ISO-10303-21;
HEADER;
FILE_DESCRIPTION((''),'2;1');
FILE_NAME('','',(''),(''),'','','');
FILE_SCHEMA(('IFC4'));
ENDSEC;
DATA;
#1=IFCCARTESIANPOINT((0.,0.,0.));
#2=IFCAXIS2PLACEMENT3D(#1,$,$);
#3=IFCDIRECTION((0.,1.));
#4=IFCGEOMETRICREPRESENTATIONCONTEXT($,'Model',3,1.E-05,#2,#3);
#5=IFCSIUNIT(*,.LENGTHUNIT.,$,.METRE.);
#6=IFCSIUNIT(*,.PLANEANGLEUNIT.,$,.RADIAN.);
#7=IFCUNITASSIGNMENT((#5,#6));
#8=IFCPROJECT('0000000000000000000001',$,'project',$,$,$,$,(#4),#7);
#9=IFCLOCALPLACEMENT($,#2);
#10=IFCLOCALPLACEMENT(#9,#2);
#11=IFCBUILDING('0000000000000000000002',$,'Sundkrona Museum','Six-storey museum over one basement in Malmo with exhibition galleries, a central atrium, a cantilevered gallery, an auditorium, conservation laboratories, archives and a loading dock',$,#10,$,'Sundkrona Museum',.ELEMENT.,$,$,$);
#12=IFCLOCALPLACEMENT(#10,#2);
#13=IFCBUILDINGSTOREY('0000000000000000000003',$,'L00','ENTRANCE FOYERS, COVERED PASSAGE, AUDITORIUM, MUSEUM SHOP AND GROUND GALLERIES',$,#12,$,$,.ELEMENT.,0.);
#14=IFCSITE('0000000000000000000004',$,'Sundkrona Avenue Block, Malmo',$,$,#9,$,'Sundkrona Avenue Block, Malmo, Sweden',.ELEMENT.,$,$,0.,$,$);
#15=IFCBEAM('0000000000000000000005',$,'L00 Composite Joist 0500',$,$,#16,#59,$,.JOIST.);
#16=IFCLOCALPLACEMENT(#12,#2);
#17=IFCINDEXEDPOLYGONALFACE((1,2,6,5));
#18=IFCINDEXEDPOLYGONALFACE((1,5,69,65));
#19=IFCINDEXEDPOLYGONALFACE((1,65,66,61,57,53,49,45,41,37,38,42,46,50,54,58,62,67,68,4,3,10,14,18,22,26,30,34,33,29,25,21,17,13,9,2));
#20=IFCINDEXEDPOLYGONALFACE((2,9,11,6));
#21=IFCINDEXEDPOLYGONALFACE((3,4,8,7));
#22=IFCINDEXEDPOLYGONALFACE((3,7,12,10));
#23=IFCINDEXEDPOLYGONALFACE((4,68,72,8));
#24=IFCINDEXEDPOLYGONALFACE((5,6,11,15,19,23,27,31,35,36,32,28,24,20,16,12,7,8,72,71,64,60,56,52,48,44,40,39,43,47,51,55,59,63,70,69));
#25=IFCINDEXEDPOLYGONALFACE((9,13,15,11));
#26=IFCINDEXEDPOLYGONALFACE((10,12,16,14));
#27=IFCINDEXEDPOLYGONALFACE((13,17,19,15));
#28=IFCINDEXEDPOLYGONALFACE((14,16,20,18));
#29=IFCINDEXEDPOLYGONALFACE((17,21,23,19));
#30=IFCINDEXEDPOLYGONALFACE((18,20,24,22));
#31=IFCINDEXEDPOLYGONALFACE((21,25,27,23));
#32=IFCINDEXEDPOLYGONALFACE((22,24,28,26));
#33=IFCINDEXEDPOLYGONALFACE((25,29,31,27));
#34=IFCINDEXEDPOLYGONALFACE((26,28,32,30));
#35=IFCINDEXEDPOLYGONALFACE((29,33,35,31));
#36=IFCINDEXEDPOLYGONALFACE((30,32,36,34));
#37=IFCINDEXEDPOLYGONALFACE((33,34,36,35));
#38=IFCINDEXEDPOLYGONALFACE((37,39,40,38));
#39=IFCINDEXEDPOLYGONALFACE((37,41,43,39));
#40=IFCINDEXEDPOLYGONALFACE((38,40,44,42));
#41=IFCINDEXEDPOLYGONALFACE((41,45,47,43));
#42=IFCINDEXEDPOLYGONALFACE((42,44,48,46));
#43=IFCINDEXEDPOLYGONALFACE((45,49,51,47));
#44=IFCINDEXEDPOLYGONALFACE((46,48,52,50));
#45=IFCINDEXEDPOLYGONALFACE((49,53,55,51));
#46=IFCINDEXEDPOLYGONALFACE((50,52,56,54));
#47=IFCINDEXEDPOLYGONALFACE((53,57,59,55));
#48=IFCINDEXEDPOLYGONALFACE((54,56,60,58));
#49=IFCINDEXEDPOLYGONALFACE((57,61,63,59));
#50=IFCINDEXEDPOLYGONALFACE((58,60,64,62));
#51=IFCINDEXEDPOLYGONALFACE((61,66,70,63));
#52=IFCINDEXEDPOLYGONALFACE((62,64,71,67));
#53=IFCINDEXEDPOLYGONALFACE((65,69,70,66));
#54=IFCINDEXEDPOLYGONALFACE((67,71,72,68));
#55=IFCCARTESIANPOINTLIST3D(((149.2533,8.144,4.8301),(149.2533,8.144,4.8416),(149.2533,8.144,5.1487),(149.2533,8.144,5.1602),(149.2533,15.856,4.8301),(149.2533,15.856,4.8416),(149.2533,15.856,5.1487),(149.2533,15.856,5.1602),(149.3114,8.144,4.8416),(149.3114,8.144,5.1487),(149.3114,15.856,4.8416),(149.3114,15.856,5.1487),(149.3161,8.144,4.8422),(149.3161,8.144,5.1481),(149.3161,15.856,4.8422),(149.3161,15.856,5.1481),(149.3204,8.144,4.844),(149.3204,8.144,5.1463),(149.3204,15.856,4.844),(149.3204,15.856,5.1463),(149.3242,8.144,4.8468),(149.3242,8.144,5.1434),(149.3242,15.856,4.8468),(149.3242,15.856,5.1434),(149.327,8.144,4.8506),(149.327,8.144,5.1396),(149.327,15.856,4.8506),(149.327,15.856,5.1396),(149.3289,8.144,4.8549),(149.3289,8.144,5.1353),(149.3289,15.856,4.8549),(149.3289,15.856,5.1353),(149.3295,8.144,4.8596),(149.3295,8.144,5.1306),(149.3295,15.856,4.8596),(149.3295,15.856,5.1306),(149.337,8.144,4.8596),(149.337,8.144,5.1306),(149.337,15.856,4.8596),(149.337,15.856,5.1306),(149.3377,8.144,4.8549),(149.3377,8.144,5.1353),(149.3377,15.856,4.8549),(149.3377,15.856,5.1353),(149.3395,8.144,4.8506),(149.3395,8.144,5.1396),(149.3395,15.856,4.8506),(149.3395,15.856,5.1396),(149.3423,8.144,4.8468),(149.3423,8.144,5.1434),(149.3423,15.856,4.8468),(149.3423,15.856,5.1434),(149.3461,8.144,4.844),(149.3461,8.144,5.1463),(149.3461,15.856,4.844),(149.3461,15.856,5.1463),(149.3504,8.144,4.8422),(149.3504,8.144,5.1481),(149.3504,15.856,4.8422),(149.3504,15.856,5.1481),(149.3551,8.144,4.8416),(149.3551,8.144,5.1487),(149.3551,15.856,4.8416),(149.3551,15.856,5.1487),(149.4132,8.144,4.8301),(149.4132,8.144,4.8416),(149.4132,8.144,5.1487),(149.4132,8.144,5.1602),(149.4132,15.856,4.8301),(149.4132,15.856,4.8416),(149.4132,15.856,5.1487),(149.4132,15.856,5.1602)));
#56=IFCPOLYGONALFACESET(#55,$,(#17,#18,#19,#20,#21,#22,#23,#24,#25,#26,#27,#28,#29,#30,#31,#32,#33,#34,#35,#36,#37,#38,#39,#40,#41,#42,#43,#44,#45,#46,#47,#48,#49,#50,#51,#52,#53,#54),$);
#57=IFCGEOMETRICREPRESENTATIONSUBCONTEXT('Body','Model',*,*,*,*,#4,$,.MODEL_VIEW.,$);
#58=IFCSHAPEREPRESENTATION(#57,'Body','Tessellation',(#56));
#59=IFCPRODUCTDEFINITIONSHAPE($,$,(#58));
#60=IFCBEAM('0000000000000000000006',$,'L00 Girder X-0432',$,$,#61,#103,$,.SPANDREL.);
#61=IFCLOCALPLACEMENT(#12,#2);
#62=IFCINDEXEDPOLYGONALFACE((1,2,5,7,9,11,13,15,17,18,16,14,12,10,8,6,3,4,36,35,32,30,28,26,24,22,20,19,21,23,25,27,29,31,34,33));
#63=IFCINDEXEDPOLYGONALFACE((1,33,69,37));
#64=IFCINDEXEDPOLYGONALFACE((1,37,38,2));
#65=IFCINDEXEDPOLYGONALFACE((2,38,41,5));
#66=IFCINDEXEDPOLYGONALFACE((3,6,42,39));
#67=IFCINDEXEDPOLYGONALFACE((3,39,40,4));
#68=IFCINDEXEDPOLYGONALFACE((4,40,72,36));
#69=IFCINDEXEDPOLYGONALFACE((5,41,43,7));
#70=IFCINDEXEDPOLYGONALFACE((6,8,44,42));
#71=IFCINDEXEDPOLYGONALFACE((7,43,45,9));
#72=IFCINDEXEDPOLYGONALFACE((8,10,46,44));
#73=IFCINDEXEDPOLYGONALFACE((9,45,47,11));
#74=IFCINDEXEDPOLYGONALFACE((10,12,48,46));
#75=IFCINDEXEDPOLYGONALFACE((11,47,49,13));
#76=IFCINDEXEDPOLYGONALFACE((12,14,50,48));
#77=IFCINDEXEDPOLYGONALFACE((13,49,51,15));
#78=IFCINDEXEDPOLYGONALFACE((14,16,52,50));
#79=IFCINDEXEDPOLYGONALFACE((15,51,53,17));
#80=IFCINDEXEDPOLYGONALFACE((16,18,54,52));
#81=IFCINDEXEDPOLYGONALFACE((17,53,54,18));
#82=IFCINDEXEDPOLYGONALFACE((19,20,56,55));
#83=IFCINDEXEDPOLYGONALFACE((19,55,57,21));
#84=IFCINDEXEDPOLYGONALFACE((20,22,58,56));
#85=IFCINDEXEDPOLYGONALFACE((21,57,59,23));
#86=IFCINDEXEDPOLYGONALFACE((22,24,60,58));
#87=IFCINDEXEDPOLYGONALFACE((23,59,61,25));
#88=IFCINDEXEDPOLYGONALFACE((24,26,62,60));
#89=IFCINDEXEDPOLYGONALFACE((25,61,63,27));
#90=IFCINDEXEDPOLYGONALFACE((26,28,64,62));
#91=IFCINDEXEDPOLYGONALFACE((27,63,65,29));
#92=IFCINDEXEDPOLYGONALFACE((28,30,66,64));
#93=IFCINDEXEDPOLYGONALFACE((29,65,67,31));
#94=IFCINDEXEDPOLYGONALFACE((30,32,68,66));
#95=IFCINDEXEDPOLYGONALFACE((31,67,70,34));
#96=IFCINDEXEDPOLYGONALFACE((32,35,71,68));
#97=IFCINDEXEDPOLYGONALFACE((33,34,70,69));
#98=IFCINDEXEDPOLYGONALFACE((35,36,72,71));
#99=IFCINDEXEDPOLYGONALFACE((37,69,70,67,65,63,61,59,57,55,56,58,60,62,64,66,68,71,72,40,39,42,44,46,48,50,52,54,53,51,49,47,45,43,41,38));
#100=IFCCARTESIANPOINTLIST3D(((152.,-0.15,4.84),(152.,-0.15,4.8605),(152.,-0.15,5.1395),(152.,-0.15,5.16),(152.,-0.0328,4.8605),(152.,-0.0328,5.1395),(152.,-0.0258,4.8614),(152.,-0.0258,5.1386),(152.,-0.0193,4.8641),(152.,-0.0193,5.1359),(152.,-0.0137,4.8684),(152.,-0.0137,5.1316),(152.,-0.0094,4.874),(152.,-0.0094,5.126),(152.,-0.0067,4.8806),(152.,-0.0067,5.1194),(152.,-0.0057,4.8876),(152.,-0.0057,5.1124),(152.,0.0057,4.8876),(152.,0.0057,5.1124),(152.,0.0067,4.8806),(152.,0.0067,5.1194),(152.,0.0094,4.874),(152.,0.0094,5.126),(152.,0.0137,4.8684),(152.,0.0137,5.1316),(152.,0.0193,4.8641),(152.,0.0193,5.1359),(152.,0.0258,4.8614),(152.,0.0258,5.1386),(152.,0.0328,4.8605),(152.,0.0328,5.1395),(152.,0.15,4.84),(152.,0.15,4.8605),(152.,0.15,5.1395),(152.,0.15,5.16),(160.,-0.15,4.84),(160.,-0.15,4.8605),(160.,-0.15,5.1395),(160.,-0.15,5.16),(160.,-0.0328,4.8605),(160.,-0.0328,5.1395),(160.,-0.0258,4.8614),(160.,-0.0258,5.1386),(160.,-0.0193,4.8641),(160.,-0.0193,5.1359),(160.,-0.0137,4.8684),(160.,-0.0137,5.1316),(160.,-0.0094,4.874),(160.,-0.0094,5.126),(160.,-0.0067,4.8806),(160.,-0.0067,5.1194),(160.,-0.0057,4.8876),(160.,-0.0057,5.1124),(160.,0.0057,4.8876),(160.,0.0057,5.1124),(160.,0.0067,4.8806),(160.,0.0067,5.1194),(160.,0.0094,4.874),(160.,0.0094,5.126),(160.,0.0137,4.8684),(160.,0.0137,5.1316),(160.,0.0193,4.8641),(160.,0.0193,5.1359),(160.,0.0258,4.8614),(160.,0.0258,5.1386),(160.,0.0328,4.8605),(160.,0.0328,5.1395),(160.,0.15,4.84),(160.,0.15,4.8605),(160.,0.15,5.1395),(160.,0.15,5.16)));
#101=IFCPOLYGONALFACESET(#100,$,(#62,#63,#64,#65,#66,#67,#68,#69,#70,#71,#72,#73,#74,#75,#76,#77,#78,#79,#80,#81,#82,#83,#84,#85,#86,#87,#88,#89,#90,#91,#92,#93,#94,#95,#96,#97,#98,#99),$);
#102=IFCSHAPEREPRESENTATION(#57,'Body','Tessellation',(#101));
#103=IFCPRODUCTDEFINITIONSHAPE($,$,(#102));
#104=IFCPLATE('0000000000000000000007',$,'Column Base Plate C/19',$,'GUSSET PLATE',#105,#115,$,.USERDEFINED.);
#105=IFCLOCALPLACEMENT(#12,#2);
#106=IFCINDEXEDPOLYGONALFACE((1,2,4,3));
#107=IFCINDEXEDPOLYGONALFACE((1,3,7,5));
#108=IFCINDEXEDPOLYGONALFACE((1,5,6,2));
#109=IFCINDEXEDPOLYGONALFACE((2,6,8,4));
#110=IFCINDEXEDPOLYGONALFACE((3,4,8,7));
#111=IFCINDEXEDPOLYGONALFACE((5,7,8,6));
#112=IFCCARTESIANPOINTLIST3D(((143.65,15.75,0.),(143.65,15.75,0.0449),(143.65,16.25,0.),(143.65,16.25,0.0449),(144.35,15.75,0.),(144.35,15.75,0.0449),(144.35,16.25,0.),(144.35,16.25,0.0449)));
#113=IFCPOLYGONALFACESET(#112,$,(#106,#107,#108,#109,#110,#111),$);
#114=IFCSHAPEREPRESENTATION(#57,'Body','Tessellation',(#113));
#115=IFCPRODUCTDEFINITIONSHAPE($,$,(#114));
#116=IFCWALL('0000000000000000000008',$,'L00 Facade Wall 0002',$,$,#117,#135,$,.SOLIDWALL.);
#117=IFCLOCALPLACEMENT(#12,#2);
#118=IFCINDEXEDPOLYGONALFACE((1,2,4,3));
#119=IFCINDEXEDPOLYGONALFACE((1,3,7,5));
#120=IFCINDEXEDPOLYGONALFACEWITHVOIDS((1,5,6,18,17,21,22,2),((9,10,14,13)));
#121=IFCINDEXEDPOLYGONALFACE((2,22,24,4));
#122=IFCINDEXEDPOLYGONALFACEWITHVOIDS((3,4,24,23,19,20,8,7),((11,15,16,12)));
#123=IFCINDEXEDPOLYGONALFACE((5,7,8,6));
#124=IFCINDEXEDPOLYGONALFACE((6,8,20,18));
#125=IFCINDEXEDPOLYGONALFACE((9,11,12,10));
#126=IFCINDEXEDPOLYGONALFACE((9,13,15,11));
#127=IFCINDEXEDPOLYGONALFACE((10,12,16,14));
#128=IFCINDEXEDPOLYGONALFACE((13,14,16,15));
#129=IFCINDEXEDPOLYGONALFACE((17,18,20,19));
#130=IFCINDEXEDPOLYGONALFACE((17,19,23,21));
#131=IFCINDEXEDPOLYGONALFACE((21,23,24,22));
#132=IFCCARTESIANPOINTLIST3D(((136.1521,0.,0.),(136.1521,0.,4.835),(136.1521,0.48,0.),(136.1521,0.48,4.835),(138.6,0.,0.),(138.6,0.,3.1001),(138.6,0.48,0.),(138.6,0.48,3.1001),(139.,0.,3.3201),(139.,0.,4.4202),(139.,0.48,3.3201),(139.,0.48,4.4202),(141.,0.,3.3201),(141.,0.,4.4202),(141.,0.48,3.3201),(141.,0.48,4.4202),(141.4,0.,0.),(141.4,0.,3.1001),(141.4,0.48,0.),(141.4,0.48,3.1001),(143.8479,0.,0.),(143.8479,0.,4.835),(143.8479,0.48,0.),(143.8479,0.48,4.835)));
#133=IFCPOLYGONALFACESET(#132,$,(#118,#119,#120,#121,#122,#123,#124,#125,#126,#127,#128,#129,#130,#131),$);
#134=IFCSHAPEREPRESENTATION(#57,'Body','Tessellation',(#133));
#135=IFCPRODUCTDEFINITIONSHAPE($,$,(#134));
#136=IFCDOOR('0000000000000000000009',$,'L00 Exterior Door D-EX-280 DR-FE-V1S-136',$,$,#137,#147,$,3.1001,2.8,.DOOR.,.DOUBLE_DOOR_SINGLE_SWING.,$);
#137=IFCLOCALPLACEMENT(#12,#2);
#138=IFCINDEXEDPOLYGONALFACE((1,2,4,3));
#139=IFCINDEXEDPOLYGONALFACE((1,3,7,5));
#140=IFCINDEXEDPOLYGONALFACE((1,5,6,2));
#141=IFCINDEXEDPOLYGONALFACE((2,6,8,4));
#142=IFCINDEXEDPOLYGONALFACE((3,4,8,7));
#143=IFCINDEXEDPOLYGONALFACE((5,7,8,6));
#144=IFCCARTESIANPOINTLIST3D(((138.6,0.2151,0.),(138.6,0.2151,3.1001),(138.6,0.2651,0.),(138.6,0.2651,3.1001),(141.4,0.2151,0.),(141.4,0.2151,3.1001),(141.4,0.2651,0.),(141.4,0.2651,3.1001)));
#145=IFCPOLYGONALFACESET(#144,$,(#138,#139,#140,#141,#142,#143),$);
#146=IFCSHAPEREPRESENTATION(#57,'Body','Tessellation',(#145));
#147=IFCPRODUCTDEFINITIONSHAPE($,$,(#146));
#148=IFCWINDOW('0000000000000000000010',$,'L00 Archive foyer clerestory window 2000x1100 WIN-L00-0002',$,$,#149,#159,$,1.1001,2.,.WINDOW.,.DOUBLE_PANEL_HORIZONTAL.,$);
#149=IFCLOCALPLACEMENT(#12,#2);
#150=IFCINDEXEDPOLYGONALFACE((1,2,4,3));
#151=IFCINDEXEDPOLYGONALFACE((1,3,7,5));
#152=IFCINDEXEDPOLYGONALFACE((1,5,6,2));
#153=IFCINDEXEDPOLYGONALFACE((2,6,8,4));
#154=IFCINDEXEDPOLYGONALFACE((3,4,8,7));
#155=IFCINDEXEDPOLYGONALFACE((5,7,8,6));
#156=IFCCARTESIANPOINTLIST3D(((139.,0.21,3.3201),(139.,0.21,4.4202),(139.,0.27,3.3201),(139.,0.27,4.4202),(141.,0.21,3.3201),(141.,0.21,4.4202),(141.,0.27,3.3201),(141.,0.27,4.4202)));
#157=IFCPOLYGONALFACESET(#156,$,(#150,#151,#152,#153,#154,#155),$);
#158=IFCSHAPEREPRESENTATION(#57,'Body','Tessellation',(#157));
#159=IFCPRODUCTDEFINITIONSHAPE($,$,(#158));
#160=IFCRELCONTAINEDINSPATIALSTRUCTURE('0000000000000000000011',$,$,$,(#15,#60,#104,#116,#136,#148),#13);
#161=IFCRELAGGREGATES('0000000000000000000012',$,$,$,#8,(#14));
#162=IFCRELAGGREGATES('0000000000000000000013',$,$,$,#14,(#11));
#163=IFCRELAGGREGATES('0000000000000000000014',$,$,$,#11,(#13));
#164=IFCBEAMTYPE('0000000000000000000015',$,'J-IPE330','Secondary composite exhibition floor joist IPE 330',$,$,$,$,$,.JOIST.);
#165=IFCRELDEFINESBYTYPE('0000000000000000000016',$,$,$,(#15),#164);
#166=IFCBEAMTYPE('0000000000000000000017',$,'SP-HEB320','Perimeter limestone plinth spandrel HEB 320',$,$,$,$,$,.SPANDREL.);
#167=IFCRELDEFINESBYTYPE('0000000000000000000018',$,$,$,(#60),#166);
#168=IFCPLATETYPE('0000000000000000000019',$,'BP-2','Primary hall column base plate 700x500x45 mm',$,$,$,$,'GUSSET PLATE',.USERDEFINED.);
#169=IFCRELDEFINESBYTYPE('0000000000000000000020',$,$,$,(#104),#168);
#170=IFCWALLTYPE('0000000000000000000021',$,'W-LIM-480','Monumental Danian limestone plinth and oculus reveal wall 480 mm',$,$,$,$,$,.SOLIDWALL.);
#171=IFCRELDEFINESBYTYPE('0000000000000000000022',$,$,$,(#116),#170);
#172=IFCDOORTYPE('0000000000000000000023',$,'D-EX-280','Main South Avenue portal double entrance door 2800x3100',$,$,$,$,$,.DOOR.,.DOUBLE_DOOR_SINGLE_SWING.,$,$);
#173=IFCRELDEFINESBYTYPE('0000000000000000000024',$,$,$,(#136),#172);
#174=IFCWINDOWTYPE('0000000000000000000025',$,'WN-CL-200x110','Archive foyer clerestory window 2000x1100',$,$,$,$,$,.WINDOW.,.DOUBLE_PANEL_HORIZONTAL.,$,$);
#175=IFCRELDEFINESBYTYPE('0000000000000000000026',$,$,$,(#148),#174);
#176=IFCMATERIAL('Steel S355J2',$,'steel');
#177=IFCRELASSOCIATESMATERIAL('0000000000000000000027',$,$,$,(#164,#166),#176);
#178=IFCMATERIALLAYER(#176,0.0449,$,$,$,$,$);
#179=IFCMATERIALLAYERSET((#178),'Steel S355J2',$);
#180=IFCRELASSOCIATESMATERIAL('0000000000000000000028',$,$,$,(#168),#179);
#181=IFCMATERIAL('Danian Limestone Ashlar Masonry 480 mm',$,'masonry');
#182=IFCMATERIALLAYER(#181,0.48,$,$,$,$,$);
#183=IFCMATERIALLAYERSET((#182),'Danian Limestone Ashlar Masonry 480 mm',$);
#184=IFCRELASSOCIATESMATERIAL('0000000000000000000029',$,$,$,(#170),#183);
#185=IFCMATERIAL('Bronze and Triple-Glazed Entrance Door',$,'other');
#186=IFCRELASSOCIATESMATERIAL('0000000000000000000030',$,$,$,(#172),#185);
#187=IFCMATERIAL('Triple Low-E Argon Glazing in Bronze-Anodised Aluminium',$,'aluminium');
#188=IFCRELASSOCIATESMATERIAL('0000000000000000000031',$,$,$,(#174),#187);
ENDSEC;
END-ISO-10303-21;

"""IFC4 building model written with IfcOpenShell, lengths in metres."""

from ifc_helpers import new_model, si_unit, direction, frame, frame_2d, origin, origin_2d, place, context, subcontext, project, spatial, rectangle, i_section, extrude, material, layer, layer_set, material_profile, profile_set, type_object, element, fill, save


model = new_model("IFC4")

# Units and contexts
model_context = context("Model", 3, precision=1e-05, world=origin(), true_north=direction((0.0, 1.0)))
body_context = subcontext(model_context, "Body", "Model", "MODEL_VIEW")
ifc_project = project(units=[si_unit("LENGTHUNIT", "METRE"), si_unit("PLANEANGLEUNIT", "RADIAN")], contexts=[model_context])

# Site, building, storey
site_placement = place(None, origin())
site = spatial("IfcSite", under=ifc_project, at=site_placement, Name="Sundkrona Avenue Block, Malmo", LongName="Sundkrona Avenue Block, Malmo, Sweden", CompositionType="ELEMENT", RefElevation=0.0)
building_placement = place(site_placement, origin())
building = spatial("IfcBuilding", under=site, at=building_placement, Name="Sundkrona Museum", Description="Six-storey museum over one basement in Malmo with exhibition galleries, a central atrium, a cantilevered gallery, an auditorium, conservation laboratories, archives and a loading dock", LongName="Sundkrona Museum", CompositionType="ELEMENT")
storey_placement = place(building_placement, origin())
storey = spatial("IfcBuildingStorey", under=building, at=storey_placement, Name="L00", Description="ENTRANCE FOYERS, COVERED PASSAGE, AUDITORIUM, MUSEUM SHOP AND GROUND GALLERIES", CompositionType="ELEMENT", Elevation=0.0)

# Shared definitions
ifc_material_1 = material(Name="Steel S355J2", Category="steel")

# Beams
ifc_material_profile_1 = material_profile(ifc_material_1, i_section(OverallWidth=0.1599, OverallDepth=0.3301, WebThickness=0.0076, FlangeThickness=0.0115, FilletRadius=0.0181, at=origin_2d()), Name="IPE 330")
ifc_profile_set_1 = profile_set([ifc_material_profile_1], Name="Steel S355J2")
beam_type_1 = type_object("IfcBeamType", Name="J-IPE330", Description="Secondary composite exhibition floor joist IPE 330", PredefinedType="JOIST", material=ifc_profile_set_1)
for number, where, z_axis, x_axis, name in (
    (1, (149.3333, 8.144, 4.9951), (0.0, 1.0, 0.0), (-1.0, 0.0, 0.0), "L00 Composite Joist 0500"),
):
    element("IfcBeam", number, at=place(storey_placement, frame(where, z_axis=z_axis, x_axis=x_axis)), inside=storey, type_object=beam_type_1, Name=name, PredefinedType="JOIST", context=body_context, shape_type="SweptSolid", body=[
        extrude(i_section(OverallWidth=0.1599, OverallDepth=0.3301, WebThickness=0.0076, FlangeThickness=0.0115, FilletRadius=0.0181, at=origin_2d()), origin(), (0.0, 0.0, 1.0), 7.7119),
    ])
ifc_material_profile_2 = material_profile(ifc_material_1, i_section(OverallWidth=0.3, OverallDepth=0.3201, WebThickness=0.0115, FlangeThickness=0.0205, FilletRadius=0.0271, at=origin_2d()), Name="HEB 320")
ifc_profile_set_2 = profile_set([ifc_material_profile_2], Name="Steel S355J2")
beam_type_2 = type_object("IfcBeamType", Name="SP-HEB320", Description="Perimeter limestone plinth spandrel HEB 320", PredefinedType="SPANDREL", material=ifc_profile_set_2)
beam_1_placement = place(storey_placement, frame((152.0, 0.0, 5.0), z_axis=(1.0, 0.0, 0.0), x_axis=(0.0, 1.0, 0.0)))
element("IfcBeam", 2, at=beam_1_placement, inside=storey, type_object=beam_type_2, Name="L00 Girder X-0432", PredefinedType="SPANDREL", context=body_context, shape_type="SweptSolid", body=[
    extrude(i_section(OverallWidth=0.3, OverallDepth=0.3201, WebThickness=0.0115, FlangeThickness=0.0205, FilletRadius=0.0271, at=origin_2d()), origin(), (0.0, 0.0, 1.0), 8.0),
])

# Plate
ifc_layer_1 = layer(ifc_material_1, 0.0449)
ifc_layer_set_1 = layer_set([ifc_layer_1], Name="Steel S355J2")
plate_type = type_object("IfcPlateType", Name="BP-2", Description="Primary hall column base plate 700x500x45 mm", ElementType="GUSSET PLATE", PredefinedType="USERDEFINED", material=ifc_layer_set_1)
plate_placement = place(storey_placement, frame((144.0, 16.0, 0.0), z_axis=(0.0, 0.0, 1.0), x_axis=(1.0, 0.0, 0.0)))
element("IfcPlate", 3, at=plate_placement, inside=storey, type_object=plate_type, Name="Column Base Plate C/19", ObjectType="GUSSET PLATE", PredefinedType="USERDEFINED", context=body_context, shape_type="SweptSolid", body=[
    extrude(rectangle(XDim=0.7, YDim=0.5, at=origin_2d()), origin(), (0.0, 0.0, 1.0), 0.0449),
])

# Wall, openings, door, window
ifc_material_2 = material(Name="Danian Limestone Ashlar Masonry 480 mm", Category="masonry")
ifc_layer_2 = layer(ifc_material_2, 0.48)
ifc_layer_set_2 = layer_set([ifc_layer_2], Name="Danian Limestone Ashlar Masonry 480 mm")
wall_type_1 = type_object("IfcWallType", Name="W-LIM-480", Description="Monumental Danian limestone plinth and oculus reveal wall 480 mm", PredefinedType="SOLIDWALL", material=ifc_layer_set_2)
wall_1_placement = place(storey_placement, frame((143.8479, 0.24, 0.0), z_axis=(0.0, 0.0, 1.0), x_axis=(-1.0, 0.0, 0.0)))
wall_1 = element("IfcWall", 4, at=wall_1_placement, inside=storey, type_object=wall_type_1, Name="L00 Facade Wall 0002", PredefinedType="SOLIDWALL", context=body_context, shape_type="SweptSolid", body=[
    extrude(rectangle(XDim=7.6958, YDim=0.48, at=frame_2d((3.8479, 0.0))), origin(), (0.0, 0.0, 1.0), 4.835),
])
opening_1_placement = place(wall_1_placement, frame((2.448, 0.0, 0.0)))
opening_1 = element("IfcOpeningElement", 5, at=opening_1_placement, cuts=wall_1, PredefinedType="OPENING", context=body_context, shape_type="SweptSolid", body=[
    extrude(rectangle(XDim=2.8, YDim=3.1001, at=frame_2d((1.3999, 1.55))), frame((0.0, 0.25, 0.0), z_axis=(0.0, -1.0, 0.0), x_axis=(1.0, 0.0, 0.0)), (0.0, 0.0, 1.0), 0.5),
])
opening_2_placement = place(wall_1_placement, frame((2.8479, 0.0, 3.3201)))
opening_2 = element("IfcOpeningElement", 6, at=opening_2_placement, cuts=wall_1, PredefinedType="OPENING", context=body_context, shape_type="SweptSolid", body=[
    extrude(rectangle(XDim=2.0, YDim=1.1001, at=frame_2d((1.0, 0.55))), frame((0.0, 0.25, 0.0), z_axis=(0.0, -1.0, 0.0), x_axis=(1.0, 0.0, 0.0)), (0.0, 0.0, 1.0), 0.5),
])
ifc_material_3 = material(Name="Bronze and Triple-Glazed Entrance Door", Category="other")
door_type_1 = type_object("IfcDoorType", Name="D-EX-280", Description="Main South Avenue portal double entrance door 2800x3100", OperationType="DOUBLE_DOOR_SINGLE_SWING", PredefinedType="DOOR", material=ifc_material_3)
door_1_placement = place(opening_1_placement, origin())
door_1 = element("IfcDoor", 7, at=door_1_placement, inside=storey, type_object=door_type_1, Name="L00 Exterior Door D-EX-280 DR-FE-V1S-136", OperationType="DOUBLE_DOOR_SINGLE_SWING", OverallHeight=3.1001, OverallWidth=2.8, PredefinedType="DOOR", context=body_context, shape_type="SweptSolid", body=[
    extrude(rectangle(XDim=2.8, YDim=3.1001, at=frame_2d((1.3999, 1.55))), frame((0.0, 0.0249, 0.0), z_axis=(0.0, -1.0, 0.0), x_axis=(1.0, 0.0, 0.0)), (0.0, 0.0, 1.0), 0.05),
])
fill(opening_1, door_1)
ifc_material_4 = material(Name="Triple Low-E Argon Glazing in Bronze-Anodised Aluminium", Category="aluminium")
window_type = type_object("IfcWindowType", Name="WN-CL-200x110", Description="Archive foyer clerestory window 2000x1100", PartitioningType="DOUBLE_PANEL_HORIZONTAL", PredefinedType="WINDOW", material=ifc_material_4)
window_1_placement = place(opening_2_placement, origin())
window_1 = element("IfcWindow", 8, at=window_1_placement, inside=storey, type_object=window_type, Name="L00 Archive foyer clerestory window 2000x1100 WIN-L00-0002", OverallHeight=1.1001, OverallWidth=2.0, PartitioningType="DOUBLE_PANEL_HORIZONTAL", PredefinedType="WINDOW", context=body_context, shape_type="SweptSolid", body=[
    extrude(rectangle(XDim=2.0, YDim=1.1001, at=frame_2d((1.0, 0.55))), frame((0.0, 0.03, 0.0), z_axis=(0.0, -1.0, 0.0), x_axis=(1.0, 0.0, 0.0)), (0.0, 0.0, 1.0), 0.0601),
])
fill(opening_2, window_1)

save(model, "model.ifc")
